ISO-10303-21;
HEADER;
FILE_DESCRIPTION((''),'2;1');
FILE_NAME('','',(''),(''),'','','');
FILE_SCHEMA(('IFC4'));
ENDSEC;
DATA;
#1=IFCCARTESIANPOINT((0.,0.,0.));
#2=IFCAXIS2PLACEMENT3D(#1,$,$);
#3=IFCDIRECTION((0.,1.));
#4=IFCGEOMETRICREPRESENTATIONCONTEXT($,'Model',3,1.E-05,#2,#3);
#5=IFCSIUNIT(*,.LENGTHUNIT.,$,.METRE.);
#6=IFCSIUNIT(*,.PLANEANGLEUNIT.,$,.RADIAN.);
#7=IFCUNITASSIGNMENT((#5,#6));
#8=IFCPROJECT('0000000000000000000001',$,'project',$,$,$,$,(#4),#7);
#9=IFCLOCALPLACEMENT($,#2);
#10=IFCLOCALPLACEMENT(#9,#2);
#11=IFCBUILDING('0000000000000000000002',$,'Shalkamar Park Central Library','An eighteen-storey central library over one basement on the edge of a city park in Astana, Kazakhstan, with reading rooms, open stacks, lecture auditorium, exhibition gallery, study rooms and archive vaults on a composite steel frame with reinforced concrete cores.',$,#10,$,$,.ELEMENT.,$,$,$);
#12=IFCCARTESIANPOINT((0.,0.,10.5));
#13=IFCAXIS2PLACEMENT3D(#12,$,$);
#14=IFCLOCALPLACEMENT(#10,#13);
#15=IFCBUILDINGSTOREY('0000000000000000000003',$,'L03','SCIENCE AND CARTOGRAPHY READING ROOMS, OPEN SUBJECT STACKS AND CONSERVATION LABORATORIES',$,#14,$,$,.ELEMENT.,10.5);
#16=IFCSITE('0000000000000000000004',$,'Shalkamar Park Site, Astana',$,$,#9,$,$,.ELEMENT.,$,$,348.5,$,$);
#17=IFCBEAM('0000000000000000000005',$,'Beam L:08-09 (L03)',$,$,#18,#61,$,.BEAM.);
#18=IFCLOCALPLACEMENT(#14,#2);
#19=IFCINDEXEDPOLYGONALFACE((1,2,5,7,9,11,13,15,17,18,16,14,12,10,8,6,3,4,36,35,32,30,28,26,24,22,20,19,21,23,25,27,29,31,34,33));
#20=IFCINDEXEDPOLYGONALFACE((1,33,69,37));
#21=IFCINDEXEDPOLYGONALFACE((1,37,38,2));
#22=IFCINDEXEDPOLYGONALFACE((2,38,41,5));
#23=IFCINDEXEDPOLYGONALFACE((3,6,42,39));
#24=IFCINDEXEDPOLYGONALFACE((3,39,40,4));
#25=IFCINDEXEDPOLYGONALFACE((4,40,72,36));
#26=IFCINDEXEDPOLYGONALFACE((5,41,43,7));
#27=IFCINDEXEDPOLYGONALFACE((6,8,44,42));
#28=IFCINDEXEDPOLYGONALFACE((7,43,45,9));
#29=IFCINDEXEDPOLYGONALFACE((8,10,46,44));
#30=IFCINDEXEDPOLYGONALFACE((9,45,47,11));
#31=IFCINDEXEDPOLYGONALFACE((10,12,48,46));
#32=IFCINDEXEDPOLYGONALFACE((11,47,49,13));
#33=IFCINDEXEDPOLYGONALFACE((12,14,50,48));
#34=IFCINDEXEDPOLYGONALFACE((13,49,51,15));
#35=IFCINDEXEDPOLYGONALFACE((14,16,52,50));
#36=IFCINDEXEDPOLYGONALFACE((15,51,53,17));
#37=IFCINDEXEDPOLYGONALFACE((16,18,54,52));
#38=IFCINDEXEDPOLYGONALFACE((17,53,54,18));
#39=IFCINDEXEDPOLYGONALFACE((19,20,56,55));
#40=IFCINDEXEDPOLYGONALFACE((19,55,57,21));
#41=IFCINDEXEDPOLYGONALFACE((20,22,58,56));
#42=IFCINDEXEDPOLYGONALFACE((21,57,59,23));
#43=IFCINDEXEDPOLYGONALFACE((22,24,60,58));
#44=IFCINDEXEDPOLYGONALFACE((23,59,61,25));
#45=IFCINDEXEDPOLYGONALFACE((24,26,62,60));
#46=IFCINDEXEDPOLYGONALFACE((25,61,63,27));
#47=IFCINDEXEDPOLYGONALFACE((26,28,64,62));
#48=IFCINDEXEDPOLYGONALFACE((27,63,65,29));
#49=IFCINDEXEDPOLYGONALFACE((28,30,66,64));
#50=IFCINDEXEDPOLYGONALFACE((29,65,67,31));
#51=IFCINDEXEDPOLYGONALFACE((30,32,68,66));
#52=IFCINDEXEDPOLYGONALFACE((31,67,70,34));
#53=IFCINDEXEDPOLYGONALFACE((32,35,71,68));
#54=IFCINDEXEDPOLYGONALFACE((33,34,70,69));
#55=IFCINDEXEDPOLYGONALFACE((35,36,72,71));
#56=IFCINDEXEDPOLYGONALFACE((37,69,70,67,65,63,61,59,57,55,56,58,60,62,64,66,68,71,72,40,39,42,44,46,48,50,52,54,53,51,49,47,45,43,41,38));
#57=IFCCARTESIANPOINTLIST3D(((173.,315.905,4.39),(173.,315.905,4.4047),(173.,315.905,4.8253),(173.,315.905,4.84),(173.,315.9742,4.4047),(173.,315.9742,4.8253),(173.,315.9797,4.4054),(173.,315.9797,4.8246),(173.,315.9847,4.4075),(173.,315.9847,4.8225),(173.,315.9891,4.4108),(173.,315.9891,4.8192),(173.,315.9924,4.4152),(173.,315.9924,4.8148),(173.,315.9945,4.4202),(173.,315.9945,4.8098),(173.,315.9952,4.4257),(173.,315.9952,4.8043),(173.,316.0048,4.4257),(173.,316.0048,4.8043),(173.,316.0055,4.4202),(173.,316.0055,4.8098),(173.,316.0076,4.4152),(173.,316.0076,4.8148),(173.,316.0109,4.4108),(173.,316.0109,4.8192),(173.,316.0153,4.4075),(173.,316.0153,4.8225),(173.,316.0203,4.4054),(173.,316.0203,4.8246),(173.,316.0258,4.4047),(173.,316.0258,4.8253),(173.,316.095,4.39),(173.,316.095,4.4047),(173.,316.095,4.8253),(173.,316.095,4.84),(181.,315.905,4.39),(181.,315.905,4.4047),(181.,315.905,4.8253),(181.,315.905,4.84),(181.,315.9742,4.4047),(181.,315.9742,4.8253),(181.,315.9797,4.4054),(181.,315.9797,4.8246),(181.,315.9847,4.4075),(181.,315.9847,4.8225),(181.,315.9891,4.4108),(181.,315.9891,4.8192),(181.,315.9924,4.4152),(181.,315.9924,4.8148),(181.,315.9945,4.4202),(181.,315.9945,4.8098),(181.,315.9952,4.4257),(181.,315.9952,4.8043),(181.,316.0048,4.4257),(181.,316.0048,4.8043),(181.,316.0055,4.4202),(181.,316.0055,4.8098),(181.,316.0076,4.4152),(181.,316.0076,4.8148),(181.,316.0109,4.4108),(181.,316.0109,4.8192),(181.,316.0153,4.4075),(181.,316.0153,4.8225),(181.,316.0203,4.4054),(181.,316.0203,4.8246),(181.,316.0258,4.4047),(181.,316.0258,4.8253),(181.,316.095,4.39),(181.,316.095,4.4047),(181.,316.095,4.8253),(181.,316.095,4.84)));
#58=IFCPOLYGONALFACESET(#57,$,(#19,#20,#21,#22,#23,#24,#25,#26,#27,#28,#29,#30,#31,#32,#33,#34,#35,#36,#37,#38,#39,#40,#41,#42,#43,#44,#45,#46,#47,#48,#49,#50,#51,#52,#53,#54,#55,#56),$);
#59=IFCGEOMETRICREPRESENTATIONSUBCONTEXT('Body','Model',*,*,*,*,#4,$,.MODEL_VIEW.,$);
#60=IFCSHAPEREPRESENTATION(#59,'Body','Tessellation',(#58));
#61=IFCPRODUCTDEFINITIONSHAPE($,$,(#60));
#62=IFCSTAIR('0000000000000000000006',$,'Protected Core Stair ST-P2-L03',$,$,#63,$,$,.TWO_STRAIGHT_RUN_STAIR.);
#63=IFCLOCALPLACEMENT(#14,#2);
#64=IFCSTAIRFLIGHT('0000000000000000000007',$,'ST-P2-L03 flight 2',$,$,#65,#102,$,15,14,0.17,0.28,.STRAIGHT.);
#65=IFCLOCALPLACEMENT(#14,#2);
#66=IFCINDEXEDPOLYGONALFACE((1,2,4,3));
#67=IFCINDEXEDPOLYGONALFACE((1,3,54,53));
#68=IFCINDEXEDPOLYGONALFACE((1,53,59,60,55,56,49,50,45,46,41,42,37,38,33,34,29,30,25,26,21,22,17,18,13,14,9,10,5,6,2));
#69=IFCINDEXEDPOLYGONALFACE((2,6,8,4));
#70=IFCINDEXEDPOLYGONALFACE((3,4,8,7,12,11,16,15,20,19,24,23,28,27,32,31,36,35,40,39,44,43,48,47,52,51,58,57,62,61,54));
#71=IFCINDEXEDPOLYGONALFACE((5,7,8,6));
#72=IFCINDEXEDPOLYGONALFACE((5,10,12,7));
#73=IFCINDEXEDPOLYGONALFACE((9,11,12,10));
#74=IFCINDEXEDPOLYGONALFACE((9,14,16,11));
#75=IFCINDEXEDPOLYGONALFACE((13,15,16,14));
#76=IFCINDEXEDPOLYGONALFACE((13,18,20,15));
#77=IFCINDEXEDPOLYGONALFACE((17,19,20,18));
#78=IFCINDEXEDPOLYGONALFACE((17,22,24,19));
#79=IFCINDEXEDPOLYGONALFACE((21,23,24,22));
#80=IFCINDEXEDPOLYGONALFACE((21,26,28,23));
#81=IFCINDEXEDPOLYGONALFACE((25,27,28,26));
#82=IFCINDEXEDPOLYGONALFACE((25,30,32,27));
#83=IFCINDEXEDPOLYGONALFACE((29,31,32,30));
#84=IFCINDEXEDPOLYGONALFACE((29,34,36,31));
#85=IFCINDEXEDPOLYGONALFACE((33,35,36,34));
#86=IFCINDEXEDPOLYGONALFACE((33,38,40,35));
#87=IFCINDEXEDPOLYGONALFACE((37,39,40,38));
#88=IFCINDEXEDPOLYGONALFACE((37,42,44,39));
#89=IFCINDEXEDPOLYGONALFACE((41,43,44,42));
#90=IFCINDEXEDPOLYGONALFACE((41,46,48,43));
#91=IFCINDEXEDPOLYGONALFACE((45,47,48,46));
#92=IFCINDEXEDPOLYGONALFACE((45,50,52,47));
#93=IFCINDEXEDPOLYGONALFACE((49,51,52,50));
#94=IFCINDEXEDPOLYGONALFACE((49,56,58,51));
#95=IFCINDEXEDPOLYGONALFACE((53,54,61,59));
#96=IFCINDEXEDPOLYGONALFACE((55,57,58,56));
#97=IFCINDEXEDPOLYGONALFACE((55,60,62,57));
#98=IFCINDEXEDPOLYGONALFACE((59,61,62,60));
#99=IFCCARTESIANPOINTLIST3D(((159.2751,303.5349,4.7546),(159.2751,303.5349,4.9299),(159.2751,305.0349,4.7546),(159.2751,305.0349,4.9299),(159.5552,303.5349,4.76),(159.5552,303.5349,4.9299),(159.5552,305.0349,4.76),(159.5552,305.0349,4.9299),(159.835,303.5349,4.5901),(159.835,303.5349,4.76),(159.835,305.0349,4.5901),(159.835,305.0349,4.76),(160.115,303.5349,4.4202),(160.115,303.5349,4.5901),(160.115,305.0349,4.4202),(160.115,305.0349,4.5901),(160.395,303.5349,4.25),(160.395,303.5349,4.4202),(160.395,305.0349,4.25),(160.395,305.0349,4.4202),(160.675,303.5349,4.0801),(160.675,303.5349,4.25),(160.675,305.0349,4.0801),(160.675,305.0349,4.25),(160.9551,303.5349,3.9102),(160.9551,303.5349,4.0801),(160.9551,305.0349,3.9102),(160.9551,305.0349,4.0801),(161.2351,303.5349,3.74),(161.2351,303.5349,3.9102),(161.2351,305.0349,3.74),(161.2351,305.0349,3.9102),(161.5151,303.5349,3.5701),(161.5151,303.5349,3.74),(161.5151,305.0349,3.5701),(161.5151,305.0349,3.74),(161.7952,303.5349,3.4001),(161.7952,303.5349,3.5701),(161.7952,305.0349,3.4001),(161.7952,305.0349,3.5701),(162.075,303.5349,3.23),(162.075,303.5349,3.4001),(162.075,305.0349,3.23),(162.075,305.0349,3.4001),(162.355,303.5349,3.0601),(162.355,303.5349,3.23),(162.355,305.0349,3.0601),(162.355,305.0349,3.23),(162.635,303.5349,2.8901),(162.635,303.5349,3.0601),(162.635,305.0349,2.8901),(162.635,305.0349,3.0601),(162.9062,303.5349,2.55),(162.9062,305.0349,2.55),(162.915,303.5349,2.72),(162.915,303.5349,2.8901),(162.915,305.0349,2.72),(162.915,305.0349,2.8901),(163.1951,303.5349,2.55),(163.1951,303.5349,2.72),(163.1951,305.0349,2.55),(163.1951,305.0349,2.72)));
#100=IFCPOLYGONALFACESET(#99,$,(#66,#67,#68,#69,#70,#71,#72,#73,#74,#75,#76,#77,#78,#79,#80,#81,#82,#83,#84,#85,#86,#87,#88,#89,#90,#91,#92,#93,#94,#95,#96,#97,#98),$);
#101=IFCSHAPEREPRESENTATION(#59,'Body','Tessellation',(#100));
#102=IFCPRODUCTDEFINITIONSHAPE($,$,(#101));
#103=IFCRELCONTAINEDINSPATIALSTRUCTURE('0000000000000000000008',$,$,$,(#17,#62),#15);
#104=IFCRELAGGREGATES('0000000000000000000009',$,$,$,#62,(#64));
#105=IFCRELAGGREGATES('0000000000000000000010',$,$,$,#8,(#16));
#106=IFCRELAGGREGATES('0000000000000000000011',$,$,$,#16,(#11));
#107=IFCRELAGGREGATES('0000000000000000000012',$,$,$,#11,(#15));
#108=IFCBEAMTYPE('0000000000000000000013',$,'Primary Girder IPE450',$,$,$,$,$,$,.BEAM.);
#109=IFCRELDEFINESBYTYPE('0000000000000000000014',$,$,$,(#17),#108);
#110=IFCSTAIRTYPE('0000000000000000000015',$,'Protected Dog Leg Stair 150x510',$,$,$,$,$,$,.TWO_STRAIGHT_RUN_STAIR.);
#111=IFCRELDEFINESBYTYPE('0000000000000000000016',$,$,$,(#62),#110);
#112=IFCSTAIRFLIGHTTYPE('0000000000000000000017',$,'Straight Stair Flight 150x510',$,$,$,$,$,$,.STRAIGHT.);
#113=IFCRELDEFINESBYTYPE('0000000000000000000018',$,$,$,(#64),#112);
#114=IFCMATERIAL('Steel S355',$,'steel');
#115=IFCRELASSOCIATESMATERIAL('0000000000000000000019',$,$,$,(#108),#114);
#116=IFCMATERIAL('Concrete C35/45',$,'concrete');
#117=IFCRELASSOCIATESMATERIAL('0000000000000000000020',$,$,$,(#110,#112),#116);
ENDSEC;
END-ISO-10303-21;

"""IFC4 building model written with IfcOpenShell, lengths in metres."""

from ifc_helpers import new_model, si_unit, direction, frame, origin, origin_2d, place, context, subcontext, project, spatial, polyline, i_section, outline, extrude, material, material_profile, profile_set, type_object, element, aggregate, save


model = new_model("IFC4")

# Units and contexts
model_context = context("Model", 3, precision=1e-05, world=origin(), true_north=direction((0.0, 1.0)))
body_context = subcontext(model_context, "Body", "Model", "MODEL_VIEW")
ifc_project = project(units=[si_unit("LENGTHUNIT", "METRE"), si_unit("PLANEANGLEUNIT", "RADIAN")], contexts=[model_context])

# Site, building, storey
site_placement = place(None, origin())
site = spatial("IfcSite", under=ifc_project, at=site_placement, Name="Shalkamar Park Site, Astana", CompositionType="ELEMENT", RefElevation=348.5)
building_placement = place(site_placement, origin())
building = spatial("IfcBuilding", under=site, at=building_placement, Name="Shalkamar Park Central Library", Description="An eighteen-storey central library over one basement on the edge of a city park in Astana, Kazakhstan, with reading rooms, open stacks, lecture auditorium, exhibition gallery, study rooms and archive vaults on a composite steel frame with reinforced concrete cores.", CompositionType="ELEMENT")
storey_placement = place(building_placement, frame((0.0, 0.0, 10.5)))
storey = spatial("IfcBuildingStorey", under=building, at=storey_placement, Name="L03", Description="SCIENCE AND CARTOGRAPHY READING ROOMS, OPEN SUBJECT STACKS AND CONSERVATION LABORATORIES", CompositionType="ELEMENT", Elevation=10.5)

# Shared definitions
ifc_material_1 = material(Name="Steel S355", Category="steel")

# Beam
ifc_material_profile_1 = material_profile(ifc_material_1, i_section(OverallWidth=0.1899, OverallDepth=0.45, WebThickness=0.0095, FlangeThickness=0.0146, FilletRadius=0.021, at=origin_2d()), Name="IPE 450")
ifc_profile_set_1 = profile_set([ifc_material_profile_1], Name="Steel S355")
beam_type_1 = type_object("IfcBeamType", Name="Primary Girder IPE450", PredefinedType="BEAM", material=ifc_profile_set_1)
for number, where, z_axis, x_axis, name in (
    (1, (173.0, 316.0, 4.615), (1.0, 0.0, 0.0), (0.0, 1.0, 0.0), "Beam L:08-09 (L03)"),
):
    element("IfcBeam", number, at=place(storey_placement, frame(where, z_axis=z_axis, x_axis=x_axis)), inside=storey, type_object=beam_type_1, Name=name, PredefinedType="BEAM", context=body_context, shape_type="SweptSolid", body=[
        extrude(i_section(OverallWidth=0.1899, OverallDepth=0.45, WebThickness=0.0095, FlangeThickness=0.0146, FilletRadius=0.021, at=origin_2d()), origin(), (0.0, 0.0, 1.0), 8.0),
    ])

# Stair, stair flight
ifc_material_2 = material(Name="Concrete C35/45", Category="concrete")
stair_type = type_object("IfcStairType", Name="Protected Dog Leg Stair 150x510", PredefinedType="TWO_STRAIGHT_RUN_STAIR", material=ifc_material_2)
stair_placement = place(storey_placement, origin())
stair = element("IfcStair", 2, at=stair_placement, inside=storey, type_object=stair_type, Name="Protected Core Stair ST-P2-L03", PredefinedType="TWO_STRAIGHT_RUN_STAIR")
stair_flight_type = type_object("IfcStairFlightType", Name="Straight Stair Flight 150x510", PredefinedType="STRAIGHT", material=ifc_material_2)
stair_flight_placement = place(storey_placement, frame((163.1951, 304.2849, 2.55), z_axis=(0.0, 0.0, 1.0), x_axis=(-1.0, 0.0, 0.0)))
stair_flight = element("IfcStairFlight", 3, at=stair_flight_placement, type_object=stair_flight_type, Name="ST-P2-L03 flight 2", NumberOfRisers=15, NumberOfTreads=14, PredefinedType="STRAIGHT", RiserHeight=0.17, TreadLength=0.28, context=body_context, shape_type="SweptSolid", body=[
    extrude(outline(polyline([(0.0, 0.0), (0.0, 0.1699), (0.28, 0.1699), (0.28, 0.3401), (0.5601, 0.3401), (0.5601, 0.51), (0.8401, 0.51), (0.8401, 0.6799), (1.1201, 0.6799), (1.1201, 0.8501), (1.3999, 0.8501), (1.3999, 1.02), (1.6799, 1.02), (1.6799, 1.1899), (1.96, 1.1899), (1.96, 1.3601), (2.24, 1.3601), (2.24, 1.53), (2.52, 1.53), (2.52, 1.7), (2.8, 1.7), (2.8, 1.8701), (3.0801, 1.8701), (3.0801, 2.04), (3.3601, 2.04), (3.3601, 2.21), (3.6399, 2.21), (3.6399, 2.3799), (3.9199, 2.3799), (3.9199, 2.55), (3.9199, 2.2046), (0.2888, 0.0), (0.0, 0.0)])), frame((0.0, 0.75, 0.0), z_axis=(0.0, -1.0, 0.0), x_axis=(1.0, 0.0, 0.0)), (0.0, 0.0, 1.0), 1.5),
])
aggregate(stair, [stair_flight])

save(model, "model.ifc")
